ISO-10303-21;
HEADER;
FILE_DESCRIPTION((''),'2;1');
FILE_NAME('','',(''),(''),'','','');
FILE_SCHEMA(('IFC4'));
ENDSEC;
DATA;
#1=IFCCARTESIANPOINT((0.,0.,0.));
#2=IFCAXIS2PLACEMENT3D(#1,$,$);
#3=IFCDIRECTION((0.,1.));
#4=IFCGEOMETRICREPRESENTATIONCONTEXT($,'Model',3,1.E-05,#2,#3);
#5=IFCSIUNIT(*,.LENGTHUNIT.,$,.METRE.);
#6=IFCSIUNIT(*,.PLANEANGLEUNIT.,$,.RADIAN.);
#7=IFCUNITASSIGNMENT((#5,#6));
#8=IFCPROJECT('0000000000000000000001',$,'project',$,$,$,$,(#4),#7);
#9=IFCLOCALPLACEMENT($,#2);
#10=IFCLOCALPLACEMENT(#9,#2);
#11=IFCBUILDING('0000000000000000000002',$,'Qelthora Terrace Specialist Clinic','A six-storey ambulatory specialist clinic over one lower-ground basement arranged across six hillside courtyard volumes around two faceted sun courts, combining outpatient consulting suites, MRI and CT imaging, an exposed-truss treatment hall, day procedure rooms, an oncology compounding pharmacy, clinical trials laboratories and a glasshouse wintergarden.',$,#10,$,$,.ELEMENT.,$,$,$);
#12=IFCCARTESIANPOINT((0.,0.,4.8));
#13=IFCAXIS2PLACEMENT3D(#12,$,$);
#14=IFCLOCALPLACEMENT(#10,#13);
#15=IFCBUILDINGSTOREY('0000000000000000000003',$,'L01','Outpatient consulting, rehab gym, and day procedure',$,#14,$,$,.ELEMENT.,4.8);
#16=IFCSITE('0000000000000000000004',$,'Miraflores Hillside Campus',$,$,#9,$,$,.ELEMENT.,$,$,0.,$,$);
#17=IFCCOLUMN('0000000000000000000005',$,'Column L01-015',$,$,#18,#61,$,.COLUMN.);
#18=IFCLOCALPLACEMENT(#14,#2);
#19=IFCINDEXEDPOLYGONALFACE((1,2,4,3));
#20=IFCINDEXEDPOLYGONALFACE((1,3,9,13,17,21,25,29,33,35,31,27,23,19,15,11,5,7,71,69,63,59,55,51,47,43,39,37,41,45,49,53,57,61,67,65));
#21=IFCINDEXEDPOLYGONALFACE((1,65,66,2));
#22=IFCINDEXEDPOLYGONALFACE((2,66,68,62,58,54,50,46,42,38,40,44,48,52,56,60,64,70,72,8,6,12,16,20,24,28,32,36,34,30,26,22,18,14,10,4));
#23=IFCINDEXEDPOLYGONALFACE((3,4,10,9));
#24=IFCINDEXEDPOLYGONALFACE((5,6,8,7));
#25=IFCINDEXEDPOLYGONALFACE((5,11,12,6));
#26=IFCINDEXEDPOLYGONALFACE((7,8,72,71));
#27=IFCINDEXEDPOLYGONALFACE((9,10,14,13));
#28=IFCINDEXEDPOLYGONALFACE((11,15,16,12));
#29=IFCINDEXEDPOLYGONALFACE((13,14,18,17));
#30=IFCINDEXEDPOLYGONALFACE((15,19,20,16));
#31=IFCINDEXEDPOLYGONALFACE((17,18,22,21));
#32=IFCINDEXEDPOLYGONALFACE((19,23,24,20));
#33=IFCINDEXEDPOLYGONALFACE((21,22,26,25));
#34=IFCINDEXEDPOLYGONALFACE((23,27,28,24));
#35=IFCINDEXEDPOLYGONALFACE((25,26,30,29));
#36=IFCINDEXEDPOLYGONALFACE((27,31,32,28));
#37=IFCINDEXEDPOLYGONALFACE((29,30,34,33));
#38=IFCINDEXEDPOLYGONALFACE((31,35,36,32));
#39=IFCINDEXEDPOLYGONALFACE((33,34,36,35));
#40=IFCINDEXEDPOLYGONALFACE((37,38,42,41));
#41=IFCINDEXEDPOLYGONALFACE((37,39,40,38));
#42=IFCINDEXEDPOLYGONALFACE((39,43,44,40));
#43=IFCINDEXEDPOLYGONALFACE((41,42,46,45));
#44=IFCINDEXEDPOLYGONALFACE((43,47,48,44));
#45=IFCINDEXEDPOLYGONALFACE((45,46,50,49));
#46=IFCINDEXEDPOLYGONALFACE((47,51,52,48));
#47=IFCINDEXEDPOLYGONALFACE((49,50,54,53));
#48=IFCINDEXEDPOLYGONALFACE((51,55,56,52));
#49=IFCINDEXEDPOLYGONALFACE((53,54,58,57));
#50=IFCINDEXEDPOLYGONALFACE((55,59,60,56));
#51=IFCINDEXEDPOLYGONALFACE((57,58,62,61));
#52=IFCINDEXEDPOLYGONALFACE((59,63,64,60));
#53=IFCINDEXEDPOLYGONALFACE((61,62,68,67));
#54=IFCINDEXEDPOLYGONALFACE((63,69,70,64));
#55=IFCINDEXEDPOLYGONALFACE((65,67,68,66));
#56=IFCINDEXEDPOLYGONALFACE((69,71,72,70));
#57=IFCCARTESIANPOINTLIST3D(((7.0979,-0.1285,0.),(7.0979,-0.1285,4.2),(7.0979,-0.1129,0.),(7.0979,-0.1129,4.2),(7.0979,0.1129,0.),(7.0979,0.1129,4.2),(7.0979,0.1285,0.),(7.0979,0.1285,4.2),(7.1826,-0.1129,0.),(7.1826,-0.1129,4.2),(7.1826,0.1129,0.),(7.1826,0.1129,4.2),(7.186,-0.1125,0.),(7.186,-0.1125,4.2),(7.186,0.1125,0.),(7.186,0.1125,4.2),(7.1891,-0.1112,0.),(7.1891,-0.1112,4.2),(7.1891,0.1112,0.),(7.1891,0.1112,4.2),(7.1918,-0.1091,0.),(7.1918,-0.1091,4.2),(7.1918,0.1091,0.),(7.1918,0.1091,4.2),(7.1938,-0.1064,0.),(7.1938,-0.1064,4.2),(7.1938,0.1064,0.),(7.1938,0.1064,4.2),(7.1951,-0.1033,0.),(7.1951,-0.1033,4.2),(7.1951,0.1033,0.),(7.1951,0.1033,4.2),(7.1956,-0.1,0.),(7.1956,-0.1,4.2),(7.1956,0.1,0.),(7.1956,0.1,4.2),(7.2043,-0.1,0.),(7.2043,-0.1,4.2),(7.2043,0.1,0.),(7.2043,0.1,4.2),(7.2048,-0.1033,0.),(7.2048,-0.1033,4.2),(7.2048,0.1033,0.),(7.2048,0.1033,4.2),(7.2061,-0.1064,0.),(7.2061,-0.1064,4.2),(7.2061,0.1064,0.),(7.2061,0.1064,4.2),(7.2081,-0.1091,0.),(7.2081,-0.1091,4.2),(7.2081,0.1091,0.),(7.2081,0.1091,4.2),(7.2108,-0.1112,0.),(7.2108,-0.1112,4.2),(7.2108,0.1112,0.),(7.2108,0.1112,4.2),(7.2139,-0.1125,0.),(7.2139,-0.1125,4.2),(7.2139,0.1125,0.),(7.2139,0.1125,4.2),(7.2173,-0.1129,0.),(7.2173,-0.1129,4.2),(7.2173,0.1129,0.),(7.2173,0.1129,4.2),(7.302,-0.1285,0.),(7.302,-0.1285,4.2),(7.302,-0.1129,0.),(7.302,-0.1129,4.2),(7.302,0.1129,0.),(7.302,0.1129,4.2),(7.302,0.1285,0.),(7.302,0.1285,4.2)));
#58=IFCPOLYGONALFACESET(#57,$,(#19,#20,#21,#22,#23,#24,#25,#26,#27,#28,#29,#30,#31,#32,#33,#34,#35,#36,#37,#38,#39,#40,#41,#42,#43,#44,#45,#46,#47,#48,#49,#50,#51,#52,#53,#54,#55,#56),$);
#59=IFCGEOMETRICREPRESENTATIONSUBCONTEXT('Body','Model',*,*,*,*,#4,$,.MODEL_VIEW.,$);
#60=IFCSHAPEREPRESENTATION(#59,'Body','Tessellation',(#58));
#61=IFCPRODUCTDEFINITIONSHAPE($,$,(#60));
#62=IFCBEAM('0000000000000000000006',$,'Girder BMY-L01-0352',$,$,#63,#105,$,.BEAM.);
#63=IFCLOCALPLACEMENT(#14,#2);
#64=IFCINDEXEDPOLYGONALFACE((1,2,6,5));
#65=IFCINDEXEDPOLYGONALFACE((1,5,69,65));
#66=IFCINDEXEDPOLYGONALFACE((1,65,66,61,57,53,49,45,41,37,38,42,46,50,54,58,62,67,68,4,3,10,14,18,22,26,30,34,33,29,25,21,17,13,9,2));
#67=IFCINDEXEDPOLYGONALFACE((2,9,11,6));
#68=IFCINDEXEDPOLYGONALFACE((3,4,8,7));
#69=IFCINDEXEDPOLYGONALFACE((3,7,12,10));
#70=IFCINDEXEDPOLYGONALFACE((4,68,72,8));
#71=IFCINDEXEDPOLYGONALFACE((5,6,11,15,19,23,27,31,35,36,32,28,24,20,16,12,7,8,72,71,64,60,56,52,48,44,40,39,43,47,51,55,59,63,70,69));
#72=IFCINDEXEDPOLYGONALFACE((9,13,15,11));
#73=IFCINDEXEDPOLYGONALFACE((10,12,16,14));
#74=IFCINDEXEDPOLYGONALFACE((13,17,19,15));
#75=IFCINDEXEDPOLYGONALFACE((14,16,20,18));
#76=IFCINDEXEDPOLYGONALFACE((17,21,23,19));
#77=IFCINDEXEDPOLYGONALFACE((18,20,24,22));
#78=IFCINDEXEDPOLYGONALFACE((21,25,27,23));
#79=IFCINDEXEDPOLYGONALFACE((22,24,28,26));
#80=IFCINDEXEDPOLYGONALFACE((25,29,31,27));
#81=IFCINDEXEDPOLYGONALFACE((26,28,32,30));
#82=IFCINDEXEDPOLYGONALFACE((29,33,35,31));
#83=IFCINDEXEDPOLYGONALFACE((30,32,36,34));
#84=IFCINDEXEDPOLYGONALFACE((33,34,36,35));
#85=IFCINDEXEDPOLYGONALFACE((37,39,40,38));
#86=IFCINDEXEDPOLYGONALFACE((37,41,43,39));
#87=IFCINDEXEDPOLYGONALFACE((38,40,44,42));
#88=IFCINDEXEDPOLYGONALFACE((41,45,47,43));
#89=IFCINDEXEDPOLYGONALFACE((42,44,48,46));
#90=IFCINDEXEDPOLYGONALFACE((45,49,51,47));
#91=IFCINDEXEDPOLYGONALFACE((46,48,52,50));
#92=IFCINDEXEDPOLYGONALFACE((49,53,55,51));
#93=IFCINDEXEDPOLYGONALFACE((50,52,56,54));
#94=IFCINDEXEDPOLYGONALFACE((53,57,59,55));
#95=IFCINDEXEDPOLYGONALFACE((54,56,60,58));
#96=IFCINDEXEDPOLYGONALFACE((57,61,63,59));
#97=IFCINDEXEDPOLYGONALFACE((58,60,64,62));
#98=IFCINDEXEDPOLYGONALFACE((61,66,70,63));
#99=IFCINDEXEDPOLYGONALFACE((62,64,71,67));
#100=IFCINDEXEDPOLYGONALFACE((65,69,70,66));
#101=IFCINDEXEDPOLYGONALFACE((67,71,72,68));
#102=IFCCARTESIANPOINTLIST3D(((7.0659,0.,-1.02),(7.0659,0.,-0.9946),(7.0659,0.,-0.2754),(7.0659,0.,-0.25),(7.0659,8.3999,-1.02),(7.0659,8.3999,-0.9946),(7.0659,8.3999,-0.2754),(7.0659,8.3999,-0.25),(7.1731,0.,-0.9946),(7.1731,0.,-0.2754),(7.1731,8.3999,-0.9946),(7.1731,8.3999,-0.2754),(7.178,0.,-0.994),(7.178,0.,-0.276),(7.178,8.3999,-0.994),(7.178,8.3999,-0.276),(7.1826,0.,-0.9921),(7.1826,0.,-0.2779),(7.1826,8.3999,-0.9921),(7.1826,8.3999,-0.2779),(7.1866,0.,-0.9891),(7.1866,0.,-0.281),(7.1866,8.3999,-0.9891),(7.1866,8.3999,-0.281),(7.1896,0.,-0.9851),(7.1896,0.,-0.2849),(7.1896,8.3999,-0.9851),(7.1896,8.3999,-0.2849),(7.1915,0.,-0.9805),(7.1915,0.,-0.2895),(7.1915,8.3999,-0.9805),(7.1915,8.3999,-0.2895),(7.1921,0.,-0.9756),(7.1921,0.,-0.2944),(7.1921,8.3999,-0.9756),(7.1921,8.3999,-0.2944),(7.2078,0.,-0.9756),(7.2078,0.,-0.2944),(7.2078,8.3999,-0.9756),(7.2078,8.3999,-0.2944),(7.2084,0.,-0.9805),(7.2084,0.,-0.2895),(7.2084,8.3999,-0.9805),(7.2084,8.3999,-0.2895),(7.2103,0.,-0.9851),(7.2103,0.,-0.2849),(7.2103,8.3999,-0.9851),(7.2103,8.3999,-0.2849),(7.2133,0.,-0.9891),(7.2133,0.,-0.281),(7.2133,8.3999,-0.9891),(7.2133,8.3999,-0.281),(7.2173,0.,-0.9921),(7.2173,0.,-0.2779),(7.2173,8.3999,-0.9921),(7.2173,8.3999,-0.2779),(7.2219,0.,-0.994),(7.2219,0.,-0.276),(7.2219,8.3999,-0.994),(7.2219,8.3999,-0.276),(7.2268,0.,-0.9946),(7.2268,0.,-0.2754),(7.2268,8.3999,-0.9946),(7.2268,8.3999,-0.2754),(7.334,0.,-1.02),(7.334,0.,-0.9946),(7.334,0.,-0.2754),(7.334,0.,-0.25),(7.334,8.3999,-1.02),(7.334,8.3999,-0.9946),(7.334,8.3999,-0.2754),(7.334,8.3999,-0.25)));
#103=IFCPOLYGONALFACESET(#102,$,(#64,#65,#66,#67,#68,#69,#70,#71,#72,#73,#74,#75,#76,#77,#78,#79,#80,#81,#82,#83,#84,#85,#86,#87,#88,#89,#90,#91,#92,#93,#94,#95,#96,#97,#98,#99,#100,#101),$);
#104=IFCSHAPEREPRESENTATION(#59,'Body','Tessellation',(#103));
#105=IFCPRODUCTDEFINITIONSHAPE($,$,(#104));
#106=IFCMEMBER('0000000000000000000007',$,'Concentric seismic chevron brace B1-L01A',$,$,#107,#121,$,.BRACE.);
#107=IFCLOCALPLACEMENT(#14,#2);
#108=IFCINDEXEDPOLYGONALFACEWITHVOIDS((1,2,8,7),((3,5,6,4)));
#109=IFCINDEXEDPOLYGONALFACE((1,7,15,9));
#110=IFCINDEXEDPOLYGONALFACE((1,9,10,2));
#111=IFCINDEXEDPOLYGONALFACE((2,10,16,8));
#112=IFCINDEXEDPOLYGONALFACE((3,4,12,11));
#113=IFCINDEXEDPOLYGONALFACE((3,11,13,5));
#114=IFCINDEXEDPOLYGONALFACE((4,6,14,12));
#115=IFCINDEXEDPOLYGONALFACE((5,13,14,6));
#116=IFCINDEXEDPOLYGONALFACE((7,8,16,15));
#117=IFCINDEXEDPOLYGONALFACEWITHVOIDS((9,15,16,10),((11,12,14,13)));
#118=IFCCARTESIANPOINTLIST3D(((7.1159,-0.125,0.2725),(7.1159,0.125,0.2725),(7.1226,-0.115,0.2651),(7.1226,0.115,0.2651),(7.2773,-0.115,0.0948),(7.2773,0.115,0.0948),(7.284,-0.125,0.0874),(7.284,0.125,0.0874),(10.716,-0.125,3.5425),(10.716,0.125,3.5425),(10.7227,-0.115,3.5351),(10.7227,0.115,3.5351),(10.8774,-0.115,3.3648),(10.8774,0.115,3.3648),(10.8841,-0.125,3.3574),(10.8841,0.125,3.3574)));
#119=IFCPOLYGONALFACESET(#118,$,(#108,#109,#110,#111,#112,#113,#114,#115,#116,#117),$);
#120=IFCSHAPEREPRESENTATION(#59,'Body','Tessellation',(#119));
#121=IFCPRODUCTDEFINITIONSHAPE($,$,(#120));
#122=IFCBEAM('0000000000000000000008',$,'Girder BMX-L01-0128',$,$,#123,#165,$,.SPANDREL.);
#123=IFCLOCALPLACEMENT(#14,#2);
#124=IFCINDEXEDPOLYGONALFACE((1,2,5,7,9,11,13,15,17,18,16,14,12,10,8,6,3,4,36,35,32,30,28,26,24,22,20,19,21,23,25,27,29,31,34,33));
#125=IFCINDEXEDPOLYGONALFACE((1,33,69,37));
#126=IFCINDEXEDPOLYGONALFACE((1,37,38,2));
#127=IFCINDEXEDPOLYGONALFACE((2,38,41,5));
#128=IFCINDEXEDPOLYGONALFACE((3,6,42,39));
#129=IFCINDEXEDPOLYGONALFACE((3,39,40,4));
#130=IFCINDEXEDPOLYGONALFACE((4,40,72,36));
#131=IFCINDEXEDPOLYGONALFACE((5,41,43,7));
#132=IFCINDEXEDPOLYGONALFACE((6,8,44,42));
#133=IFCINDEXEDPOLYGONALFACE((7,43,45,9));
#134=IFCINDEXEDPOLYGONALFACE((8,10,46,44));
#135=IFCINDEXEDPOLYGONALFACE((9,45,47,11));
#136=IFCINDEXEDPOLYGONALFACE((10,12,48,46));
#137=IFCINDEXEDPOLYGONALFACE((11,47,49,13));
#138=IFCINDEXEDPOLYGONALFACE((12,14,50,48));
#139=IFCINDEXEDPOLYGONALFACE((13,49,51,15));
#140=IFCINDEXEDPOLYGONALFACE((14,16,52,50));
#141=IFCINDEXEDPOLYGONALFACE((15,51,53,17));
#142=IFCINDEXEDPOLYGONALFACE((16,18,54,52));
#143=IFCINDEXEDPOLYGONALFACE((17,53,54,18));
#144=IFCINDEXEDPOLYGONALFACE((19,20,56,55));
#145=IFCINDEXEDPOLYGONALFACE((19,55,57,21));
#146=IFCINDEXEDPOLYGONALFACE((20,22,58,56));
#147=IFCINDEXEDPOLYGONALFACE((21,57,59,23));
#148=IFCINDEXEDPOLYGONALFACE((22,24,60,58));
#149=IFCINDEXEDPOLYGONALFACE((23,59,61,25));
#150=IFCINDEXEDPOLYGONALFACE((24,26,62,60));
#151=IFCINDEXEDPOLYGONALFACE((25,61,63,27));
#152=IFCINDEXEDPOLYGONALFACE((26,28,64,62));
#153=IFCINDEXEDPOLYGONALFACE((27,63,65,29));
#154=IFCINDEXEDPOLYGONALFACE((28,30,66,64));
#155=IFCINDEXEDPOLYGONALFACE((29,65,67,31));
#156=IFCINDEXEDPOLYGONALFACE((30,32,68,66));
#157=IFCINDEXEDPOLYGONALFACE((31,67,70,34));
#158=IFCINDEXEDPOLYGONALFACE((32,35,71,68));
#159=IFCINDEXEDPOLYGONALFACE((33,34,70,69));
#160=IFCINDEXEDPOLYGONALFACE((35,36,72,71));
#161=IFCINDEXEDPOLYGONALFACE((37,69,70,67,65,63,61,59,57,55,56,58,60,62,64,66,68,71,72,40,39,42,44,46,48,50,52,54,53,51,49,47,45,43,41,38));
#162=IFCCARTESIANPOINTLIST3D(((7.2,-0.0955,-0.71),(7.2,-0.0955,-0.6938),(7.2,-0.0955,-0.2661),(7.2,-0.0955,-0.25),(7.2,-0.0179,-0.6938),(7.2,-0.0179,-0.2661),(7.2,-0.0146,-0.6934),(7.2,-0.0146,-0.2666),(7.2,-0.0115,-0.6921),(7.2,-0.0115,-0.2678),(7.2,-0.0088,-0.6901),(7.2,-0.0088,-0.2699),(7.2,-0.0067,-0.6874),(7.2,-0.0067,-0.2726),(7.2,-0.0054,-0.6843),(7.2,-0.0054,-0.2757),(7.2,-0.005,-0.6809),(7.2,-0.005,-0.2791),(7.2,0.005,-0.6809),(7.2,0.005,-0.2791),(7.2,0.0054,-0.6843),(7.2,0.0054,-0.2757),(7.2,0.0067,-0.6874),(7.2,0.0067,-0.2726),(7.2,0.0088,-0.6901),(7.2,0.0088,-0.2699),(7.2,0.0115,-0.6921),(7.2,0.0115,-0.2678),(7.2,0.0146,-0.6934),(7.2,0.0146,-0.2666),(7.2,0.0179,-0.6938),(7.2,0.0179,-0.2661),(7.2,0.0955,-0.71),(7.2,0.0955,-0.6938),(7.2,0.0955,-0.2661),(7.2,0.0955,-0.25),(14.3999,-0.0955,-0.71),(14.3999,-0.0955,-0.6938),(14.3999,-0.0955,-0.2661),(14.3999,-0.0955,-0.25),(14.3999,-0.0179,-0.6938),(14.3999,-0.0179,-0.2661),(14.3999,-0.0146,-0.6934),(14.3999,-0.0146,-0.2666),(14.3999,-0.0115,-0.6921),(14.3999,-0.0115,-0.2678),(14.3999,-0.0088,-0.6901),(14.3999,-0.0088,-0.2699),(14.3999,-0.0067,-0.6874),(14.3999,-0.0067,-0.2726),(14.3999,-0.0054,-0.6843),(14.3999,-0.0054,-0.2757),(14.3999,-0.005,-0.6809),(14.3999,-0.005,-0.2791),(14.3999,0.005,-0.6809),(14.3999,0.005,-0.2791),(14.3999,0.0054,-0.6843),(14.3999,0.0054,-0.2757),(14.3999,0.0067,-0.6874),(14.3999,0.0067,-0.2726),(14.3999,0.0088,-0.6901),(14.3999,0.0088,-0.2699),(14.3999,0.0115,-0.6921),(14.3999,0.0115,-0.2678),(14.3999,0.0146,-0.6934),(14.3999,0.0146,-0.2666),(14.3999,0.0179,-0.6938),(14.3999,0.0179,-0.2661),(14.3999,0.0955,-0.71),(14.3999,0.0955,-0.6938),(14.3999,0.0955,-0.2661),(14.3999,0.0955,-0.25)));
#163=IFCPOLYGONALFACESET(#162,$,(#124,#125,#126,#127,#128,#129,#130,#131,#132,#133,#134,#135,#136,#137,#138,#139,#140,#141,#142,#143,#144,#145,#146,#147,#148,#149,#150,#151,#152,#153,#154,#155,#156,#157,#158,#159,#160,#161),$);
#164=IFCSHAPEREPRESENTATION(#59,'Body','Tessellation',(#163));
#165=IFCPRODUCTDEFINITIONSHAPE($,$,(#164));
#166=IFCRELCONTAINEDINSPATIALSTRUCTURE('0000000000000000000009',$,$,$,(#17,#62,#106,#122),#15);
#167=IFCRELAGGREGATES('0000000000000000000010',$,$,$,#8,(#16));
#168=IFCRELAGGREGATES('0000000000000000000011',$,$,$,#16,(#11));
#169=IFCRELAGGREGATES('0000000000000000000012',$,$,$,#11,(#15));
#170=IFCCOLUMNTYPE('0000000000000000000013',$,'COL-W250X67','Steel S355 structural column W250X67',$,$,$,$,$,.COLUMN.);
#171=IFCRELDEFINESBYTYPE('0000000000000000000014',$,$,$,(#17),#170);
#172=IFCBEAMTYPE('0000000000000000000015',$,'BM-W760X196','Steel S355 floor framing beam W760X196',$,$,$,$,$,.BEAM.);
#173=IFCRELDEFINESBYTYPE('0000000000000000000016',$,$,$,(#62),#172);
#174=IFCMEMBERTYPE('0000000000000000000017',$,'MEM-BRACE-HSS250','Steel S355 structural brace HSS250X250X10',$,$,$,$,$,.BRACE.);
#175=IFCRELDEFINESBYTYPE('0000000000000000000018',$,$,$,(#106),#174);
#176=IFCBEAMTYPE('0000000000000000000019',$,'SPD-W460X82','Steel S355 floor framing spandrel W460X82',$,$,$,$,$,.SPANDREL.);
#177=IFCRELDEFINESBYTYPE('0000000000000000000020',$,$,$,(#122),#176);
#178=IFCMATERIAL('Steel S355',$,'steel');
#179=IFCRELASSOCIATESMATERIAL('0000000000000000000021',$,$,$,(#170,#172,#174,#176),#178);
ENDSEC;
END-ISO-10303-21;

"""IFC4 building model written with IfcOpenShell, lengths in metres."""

from ifc_helpers import new_model, si_unit, direction, frame, origin, origin_2d, place, context, subcontext, project, spatial, hollow_rectangle, i_section, extrude, material, material_profile, profile_set, type_object, element, save


model = new_model("IFC4")

# Units and contexts
model_context = context("Model", 3, precision=1e-05, world=origin(), true_north=direction((0.0, 1.0)))
body_context = subcontext(model_context, "Body", "Model", "MODEL_VIEW")
ifc_project = project(units=[si_unit("LENGTHUNIT", "METRE"), si_unit("PLANEANGLEUNIT", "RADIAN")], contexts=[model_context])

# Site, building, storey
site_placement = place(None, origin())
site = spatial("IfcSite", under=ifc_project, at=site_placement, Name="Miraflores Hillside Campus", CompositionType="ELEMENT", RefElevation=0.0)
building_placement = place(site_placement, origin())
building = spatial("IfcBuilding", under=site, at=building_placement, Name="Qelthora Terrace Specialist Clinic", Description="A six-storey ambulatory specialist clinic over one lower-ground basement arranged across six hillside courtyard volumes around two faceted sun courts, combining outpatient consulting suites, MRI and CT imaging, an exposed-truss treatment hall, day procedure rooms, an oncology compounding pharmacy, clinical trials laboratories and a glasshouse wintergarden.", CompositionType="ELEMENT")
storey_placement = place(building_placement, frame((0.0, 0.0, 4.8)))
storey = spatial("IfcBuildingStorey", under=building, at=storey_placement, Name="L01", Description="Outpatient consulting, rehab gym, and day procedure", CompositionType="ELEMENT", Elevation=4.8)

# Column
ifc_material_1 = material(Name="Steel S355", Category="steel")
ifc_material_profile_1 = material_profile(ifc_material_1, i_section(OverallWidth=0.2041, OverallDepth=0.2571, WebThickness=0.0088, FlangeThickness=0.0156, FilletRadius=0.0129, at=origin_2d()), Name="W250X67")
ifc_profile_set_1 = profile_set([ifc_material_profile_1], Name="Steel S355")
column_type = type_object("IfcColumnType", Name="COL-W250X67", Description="Steel S355 structural column W250X67", PredefinedType="COLUMN", material=ifc_profile_set_1)
column_placement = place(storey_placement, frame((7.2, 0.0, 0.0), z_axis=(0.0, 0.0, 1.0), x_axis=(1.0, 0.0, 0.0)))
element("IfcColumn", 1, at=column_placement, inside=storey, type_object=column_type, Name="Column L01-015", PredefinedType="COLUMN", context=body_context, shape_type="SweptSolid", body=[
    extrude(i_section(OverallWidth=0.2041, OverallDepth=0.2571, WebThickness=0.0088, FlangeThickness=0.0156, FilletRadius=0.0129, at=origin_2d()), origin(), (0.0, 0.0, 1.0), 4.2),
])

# Beam
ifc_material_profile_2 = material_profile(ifc_material_1, i_section(OverallWidth=0.2681, OverallDepth=0.77, WebThickness=0.0156, FlangeThickness=0.0254, FilletRadius=0.019, at=origin_2d()), Name="W760X196")
ifc_profile_set_2 = profile_set([ifc_material_profile_2], Name="Steel S355")
beam_type_1 = type_object("IfcBeamType", Name="BM-W760X196", Description="Steel S355 floor framing beam W760X196", PredefinedType="BEAM", material=ifc_profile_set_2)
beam_1_placement = place(storey_placement, frame((7.2, 0.0, -0.635), z_axis=(0.0, 1.0, 0.0), x_axis=(-1.0, 0.0, 0.0)))
element("IfcBeam", 2, at=beam_1_placement, inside=storey, type_object=beam_type_1, Name="Girder BMY-L01-0352", PredefinedType="BEAM", context=body_context, shape_type="SweptSolid", body=[
    extrude(i_section(OverallWidth=0.2681, OverallDepth=0.77, WebThickness=0.0156, FlangeThickness=0.0254, FilletRadius=0.019, at=origin_2d()), origin(), (0.0, 0.0, 1.0), 8.3999),
])

# Member
ifc_material_profile_3 = material_profile(ifc_material_1, hollow_rectangle(XDim=0.25, YDim=0.25, WallThickness=0.01, at=origin_2d()), Name="HSS250X250X10")
ifc_profile_set_3 = profile_set([ifc_material_profile_3], Name="Steel S355")
member_type = type_object("IfcMemberType", Name="MEM-BRACE-HSS250", Description="Steel S355 structural brace HSS250X250X10", PredefinedType="BRACE", material=ifc_profile_set_3)
member_placement = place(storey_placement, frame((7.2, 0.0, 0.1799), z_axis=(0.740226, 0.0, 0.672358), x_axis=(0.0, 1.0, 0.0)))
element("IfcMember", 3, at=member_placement, inside=storey, type_object=member_type, Name="Concentric seismic chevron brace B1-L01A", PredefinedType="BRACE", context=body_context, shape_type="SweptSolid", body=[
    extrude(hollow_rectangle(XDim=0.25, YDim=0.25, WallThickness=0.01, at=origin_2d()), origin(), (0.0, 0.0, 1.0), 4.8635),
])

# Beam
ifc_material_profile_4 = material_profile(ifc_material_1, i_section(OverallWidth=0.1909, OverallDepth=0.46, WebThickness=0.01, FlangeThickness=0.0161, FilletRadius=0.0129, at=origin_2d()), Name="W460X82")
ifc_profile_set_4 = profile_set([ifc_material_profile_4], Name="Steel S355")
beam_type_2 = type_object("IfcBeamType", Name="SPD-W460X82", Description="Steel S355 floor framing spandrel W460X82", PredefinedType="SPANDREL", material=ifc_profile_set_4)
beam_2_placement = place(storey_placement, frame((7.2, 0.0, -0.48), z_axis=(1.0, 0.0, 0.0), x_axis=(0.0, 1.0, 0.0)))
element("IfcBeam", 4, at=beam_2_placement, inside=storey, type_object=beam_type_2, Name="Girder BMX-L01-0128", PredefinedType="SPANDREL", context=body_context, shape_type="SweptSolid", body=[
    extrude(i_section(OverallWidth=0.1909, OverallDepth=0.46, WebThickness=0.01, FlangeThickness=0.0161, FilletRadius=0.0129, at=origin_2d()), origin(), (0.0, 0.0, 1.0), 7.2),
])

save(model, "model.ifc")
